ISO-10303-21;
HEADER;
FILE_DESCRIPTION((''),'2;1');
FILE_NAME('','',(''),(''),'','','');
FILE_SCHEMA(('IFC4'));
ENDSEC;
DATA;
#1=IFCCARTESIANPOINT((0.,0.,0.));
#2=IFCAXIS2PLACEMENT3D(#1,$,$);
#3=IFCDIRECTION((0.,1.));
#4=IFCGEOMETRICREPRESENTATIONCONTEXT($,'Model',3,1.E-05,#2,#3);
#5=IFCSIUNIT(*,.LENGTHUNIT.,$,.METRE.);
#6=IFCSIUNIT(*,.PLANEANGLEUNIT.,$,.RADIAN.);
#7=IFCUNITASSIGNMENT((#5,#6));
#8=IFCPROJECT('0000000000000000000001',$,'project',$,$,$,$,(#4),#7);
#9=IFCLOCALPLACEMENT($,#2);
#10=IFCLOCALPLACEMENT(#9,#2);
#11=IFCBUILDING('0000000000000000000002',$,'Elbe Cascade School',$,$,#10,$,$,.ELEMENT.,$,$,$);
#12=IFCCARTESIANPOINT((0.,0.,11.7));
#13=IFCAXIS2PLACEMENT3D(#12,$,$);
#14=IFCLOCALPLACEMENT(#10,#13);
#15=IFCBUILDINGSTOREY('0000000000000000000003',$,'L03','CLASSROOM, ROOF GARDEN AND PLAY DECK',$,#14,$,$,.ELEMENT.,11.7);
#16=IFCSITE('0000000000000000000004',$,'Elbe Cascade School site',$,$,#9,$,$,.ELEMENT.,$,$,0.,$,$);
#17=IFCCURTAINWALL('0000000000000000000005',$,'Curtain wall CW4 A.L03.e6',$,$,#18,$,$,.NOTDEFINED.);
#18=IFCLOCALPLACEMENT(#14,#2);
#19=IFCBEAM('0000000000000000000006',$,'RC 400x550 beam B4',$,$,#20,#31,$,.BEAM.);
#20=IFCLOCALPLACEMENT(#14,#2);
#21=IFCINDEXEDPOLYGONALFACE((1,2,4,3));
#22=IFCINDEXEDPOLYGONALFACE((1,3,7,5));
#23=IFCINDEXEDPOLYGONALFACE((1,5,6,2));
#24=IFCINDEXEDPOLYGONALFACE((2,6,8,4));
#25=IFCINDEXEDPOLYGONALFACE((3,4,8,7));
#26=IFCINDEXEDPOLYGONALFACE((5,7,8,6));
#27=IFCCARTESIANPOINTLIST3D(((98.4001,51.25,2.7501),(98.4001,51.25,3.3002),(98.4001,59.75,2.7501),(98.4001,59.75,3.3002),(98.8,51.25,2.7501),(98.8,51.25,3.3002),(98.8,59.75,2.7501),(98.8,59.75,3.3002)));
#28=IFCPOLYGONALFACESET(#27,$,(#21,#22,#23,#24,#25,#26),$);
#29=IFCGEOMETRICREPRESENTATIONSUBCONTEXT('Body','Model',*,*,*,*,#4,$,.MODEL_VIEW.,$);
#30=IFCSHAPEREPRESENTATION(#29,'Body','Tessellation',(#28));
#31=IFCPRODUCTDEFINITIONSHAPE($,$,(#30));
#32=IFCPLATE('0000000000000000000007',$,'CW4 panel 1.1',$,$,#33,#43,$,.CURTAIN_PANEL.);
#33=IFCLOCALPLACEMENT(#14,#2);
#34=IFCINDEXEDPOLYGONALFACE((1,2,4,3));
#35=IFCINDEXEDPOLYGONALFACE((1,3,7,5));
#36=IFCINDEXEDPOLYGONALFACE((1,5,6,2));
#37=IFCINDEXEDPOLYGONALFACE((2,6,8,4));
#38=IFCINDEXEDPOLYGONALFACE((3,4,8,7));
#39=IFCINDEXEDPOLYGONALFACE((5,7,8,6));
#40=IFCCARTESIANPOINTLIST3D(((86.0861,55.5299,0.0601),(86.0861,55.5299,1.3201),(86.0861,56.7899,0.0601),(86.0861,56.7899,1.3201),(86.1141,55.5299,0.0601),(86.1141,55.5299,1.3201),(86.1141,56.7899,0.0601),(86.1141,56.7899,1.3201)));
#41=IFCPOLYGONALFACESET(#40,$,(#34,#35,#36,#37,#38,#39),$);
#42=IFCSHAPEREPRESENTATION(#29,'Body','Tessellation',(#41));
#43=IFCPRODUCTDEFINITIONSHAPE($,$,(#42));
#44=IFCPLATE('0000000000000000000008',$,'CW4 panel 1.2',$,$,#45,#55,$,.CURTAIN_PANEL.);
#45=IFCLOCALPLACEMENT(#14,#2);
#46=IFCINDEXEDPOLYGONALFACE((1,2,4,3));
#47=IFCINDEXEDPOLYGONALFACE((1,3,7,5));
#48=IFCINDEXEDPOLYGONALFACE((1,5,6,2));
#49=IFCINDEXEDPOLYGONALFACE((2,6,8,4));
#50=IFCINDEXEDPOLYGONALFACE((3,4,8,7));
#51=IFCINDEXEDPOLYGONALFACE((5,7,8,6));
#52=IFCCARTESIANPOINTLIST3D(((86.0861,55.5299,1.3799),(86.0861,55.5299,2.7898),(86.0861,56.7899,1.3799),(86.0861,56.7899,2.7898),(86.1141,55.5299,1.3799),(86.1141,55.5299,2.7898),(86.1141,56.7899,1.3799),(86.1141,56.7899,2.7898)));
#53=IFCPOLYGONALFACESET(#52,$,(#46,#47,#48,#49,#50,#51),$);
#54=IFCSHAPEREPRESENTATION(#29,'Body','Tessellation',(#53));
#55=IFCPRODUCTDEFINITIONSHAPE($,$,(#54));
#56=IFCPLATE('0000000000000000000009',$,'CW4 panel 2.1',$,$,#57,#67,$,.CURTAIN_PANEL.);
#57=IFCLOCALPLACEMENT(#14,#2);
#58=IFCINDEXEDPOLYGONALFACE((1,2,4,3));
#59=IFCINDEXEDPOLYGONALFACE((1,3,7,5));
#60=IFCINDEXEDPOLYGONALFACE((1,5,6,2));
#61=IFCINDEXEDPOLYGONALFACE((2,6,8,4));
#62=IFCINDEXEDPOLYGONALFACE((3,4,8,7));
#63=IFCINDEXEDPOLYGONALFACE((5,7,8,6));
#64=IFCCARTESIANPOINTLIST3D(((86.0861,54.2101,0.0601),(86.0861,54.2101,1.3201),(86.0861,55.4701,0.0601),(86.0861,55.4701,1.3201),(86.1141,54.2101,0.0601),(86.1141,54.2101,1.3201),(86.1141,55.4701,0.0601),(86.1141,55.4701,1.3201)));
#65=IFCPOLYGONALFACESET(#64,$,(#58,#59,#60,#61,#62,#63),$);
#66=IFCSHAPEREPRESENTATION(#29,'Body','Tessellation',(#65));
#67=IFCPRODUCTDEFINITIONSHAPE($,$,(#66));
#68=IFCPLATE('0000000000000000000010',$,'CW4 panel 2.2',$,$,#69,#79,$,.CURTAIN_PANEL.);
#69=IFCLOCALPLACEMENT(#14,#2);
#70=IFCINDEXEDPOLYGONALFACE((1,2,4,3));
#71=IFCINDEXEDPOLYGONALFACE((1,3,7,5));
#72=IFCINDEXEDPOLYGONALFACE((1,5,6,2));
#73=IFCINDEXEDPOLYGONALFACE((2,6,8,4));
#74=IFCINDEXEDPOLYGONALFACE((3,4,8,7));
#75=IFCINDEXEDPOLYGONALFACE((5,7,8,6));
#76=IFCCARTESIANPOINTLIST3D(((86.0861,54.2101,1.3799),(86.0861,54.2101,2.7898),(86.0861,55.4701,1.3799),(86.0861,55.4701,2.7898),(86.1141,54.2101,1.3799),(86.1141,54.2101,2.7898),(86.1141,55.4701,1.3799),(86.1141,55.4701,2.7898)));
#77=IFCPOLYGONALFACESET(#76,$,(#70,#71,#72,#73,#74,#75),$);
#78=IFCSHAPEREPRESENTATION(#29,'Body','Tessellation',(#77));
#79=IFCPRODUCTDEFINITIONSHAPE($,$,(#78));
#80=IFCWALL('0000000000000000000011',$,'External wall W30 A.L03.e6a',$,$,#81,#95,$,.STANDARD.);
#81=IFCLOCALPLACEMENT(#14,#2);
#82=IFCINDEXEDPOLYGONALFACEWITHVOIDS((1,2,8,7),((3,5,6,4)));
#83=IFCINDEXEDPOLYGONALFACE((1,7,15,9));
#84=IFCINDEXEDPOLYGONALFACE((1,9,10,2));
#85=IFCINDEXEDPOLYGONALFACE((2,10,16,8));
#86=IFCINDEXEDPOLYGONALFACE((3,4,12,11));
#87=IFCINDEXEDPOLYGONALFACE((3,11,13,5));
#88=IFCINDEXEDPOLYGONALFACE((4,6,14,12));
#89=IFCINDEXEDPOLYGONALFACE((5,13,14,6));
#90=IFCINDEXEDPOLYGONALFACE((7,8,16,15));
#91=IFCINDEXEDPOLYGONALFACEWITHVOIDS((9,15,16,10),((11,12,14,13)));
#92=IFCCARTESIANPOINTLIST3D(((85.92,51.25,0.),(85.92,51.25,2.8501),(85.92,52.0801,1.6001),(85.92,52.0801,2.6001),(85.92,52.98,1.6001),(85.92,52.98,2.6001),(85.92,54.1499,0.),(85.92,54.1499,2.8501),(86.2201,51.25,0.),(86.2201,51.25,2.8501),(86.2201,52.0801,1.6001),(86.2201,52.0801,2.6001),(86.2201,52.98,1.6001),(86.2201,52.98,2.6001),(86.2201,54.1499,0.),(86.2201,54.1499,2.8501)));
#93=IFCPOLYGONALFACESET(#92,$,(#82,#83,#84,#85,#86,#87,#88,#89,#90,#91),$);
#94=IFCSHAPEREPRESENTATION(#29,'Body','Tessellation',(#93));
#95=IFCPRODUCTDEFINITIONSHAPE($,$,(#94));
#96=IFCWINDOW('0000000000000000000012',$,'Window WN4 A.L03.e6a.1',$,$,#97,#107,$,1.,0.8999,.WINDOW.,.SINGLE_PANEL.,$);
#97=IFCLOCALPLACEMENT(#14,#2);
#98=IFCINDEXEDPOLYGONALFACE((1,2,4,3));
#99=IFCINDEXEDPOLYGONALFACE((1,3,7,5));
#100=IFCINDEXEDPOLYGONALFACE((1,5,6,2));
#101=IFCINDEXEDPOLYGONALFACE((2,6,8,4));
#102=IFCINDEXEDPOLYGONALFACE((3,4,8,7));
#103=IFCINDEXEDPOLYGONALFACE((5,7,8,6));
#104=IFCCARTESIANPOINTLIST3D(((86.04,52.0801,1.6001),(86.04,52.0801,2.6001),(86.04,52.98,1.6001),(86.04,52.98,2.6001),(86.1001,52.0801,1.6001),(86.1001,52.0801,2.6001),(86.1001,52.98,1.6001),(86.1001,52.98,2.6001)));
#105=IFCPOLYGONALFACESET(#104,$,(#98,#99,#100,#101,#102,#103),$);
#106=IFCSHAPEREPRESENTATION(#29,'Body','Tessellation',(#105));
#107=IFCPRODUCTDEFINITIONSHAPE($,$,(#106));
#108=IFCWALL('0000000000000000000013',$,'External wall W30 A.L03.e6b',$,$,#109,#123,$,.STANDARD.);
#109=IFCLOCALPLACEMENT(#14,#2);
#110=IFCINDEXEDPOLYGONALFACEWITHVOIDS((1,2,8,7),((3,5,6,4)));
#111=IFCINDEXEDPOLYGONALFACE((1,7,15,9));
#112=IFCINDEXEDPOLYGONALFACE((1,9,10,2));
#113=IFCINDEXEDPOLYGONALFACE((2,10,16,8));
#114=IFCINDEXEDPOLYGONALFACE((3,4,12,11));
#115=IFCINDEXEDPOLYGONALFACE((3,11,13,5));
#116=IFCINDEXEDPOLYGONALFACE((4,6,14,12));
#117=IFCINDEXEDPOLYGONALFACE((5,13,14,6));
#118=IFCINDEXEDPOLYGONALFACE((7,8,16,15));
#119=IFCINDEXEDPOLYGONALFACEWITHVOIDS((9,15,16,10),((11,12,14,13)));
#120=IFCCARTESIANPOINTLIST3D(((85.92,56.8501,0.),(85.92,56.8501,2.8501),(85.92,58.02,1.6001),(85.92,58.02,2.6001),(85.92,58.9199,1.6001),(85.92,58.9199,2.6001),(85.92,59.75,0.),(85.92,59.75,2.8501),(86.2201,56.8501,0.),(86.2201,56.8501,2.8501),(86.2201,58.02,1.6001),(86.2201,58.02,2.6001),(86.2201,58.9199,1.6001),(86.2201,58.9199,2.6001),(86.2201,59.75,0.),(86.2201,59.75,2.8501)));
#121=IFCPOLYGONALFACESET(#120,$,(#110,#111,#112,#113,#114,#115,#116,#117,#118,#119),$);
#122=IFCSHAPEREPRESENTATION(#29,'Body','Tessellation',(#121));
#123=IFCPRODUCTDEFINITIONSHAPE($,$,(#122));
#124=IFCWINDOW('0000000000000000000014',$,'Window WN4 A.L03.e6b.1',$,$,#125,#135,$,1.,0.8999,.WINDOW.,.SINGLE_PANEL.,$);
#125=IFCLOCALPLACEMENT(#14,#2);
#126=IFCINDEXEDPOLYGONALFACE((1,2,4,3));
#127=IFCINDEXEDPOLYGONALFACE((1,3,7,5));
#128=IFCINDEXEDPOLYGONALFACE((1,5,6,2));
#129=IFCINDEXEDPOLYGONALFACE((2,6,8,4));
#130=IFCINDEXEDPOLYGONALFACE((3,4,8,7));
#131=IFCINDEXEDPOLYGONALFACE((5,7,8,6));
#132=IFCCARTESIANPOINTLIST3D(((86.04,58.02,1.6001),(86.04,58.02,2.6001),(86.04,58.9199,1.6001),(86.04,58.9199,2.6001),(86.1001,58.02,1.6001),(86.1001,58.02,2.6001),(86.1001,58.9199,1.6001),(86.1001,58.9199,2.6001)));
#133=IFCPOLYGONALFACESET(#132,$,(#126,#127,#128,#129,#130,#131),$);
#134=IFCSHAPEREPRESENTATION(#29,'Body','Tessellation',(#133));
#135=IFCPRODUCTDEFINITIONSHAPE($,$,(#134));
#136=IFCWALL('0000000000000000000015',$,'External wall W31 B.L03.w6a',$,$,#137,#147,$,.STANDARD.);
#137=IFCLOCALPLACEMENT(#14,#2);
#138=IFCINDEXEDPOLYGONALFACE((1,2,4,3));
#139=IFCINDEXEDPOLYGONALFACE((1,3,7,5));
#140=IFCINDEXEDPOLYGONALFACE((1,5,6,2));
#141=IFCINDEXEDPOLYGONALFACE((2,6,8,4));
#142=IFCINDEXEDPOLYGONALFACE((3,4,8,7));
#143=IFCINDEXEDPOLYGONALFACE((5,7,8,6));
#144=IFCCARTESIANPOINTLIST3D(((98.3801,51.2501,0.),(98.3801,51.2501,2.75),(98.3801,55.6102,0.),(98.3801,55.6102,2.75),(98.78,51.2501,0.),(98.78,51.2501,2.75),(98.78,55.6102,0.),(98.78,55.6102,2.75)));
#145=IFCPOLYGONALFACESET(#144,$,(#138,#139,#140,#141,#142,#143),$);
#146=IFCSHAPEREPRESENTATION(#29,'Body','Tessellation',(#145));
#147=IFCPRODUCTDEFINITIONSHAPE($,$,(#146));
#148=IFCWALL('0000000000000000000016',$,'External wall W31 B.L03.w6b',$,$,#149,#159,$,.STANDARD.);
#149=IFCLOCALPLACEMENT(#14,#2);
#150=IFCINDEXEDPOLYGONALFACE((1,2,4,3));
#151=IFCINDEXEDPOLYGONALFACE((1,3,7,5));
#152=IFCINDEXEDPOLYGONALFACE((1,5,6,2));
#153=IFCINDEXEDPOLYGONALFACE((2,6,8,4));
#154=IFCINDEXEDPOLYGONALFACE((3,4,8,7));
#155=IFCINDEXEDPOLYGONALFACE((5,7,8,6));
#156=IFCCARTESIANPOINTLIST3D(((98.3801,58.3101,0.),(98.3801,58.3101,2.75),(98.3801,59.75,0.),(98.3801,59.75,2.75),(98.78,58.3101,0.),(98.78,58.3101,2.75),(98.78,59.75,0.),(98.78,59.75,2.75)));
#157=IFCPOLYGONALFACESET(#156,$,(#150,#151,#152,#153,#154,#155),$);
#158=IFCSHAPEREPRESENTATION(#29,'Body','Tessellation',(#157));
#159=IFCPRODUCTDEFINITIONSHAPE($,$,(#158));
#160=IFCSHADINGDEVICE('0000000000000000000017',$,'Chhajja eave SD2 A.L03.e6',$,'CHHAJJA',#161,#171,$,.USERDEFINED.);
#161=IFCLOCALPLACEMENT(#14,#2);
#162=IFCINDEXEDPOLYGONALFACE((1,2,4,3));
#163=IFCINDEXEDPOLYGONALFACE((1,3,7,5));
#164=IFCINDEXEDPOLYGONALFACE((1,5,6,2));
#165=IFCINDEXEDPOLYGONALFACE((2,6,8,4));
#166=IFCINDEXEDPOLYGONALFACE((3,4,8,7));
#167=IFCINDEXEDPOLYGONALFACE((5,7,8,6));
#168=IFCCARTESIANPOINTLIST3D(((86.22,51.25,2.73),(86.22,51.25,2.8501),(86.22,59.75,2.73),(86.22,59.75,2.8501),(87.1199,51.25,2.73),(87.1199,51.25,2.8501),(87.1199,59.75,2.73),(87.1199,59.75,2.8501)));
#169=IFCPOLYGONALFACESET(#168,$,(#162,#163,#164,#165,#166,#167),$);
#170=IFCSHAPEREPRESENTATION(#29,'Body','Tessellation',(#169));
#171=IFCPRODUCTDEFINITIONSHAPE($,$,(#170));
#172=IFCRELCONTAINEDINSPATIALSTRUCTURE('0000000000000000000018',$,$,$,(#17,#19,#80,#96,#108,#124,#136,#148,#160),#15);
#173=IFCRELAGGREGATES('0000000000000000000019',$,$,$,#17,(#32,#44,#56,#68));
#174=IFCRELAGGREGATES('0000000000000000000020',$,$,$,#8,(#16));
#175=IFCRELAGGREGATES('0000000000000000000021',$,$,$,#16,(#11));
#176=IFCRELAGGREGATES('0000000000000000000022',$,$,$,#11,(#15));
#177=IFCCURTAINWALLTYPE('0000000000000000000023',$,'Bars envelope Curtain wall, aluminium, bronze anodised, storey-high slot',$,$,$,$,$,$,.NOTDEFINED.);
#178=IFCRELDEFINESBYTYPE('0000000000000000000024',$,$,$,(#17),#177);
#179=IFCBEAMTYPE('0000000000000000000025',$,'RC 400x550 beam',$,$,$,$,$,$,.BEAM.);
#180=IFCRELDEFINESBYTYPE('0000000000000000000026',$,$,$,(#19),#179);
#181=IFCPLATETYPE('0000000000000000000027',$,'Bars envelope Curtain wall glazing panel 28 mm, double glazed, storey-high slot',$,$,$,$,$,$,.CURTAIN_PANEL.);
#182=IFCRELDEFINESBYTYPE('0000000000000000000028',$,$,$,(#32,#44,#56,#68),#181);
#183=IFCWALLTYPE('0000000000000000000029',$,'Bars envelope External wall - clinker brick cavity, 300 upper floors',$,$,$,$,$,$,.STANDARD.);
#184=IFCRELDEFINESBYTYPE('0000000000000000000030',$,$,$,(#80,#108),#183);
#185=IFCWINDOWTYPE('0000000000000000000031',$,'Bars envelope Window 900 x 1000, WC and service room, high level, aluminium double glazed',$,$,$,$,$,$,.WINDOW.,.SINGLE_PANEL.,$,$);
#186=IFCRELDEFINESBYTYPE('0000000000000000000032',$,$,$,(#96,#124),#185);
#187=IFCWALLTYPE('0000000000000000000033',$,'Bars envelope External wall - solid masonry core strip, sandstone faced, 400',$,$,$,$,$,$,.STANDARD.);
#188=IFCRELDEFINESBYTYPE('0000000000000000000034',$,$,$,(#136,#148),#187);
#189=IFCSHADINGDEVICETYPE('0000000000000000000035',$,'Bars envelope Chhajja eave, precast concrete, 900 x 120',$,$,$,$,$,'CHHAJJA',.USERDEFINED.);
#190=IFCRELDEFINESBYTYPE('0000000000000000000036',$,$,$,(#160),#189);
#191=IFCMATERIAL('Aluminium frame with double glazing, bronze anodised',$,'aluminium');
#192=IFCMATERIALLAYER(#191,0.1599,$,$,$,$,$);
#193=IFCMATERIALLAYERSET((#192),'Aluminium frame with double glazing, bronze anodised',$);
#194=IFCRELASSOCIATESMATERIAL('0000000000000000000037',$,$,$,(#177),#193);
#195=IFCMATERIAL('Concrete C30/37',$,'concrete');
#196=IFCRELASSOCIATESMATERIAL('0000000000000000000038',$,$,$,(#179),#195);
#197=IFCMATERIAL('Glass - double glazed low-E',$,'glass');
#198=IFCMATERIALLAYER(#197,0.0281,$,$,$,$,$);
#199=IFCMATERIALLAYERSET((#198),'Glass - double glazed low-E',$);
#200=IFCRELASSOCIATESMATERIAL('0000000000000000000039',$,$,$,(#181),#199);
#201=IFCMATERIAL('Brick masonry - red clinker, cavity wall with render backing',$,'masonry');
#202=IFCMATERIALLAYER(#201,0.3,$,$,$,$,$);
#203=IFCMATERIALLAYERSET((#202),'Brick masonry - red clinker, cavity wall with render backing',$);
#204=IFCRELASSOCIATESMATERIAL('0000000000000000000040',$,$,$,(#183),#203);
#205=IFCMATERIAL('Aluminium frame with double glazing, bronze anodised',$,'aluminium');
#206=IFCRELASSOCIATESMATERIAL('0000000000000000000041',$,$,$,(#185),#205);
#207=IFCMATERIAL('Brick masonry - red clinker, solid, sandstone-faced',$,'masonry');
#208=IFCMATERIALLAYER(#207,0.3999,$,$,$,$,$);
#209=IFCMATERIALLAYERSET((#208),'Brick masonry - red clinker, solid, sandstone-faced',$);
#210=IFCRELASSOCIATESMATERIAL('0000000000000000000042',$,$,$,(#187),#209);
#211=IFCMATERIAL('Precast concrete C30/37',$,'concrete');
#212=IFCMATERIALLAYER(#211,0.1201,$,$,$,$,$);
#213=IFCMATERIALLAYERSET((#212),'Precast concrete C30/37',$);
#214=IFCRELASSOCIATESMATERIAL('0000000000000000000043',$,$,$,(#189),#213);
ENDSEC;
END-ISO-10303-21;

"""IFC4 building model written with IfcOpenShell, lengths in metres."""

from ifc_helpers import new_model, si_unit, direction, frame, frame_2d, origin, origin_2d, place, context, subcontext, project, spatial, rectangle, extrude, material, layer, layer_set, material_profile, profile_set, type_object, element, fill, aggregate, save


model = new_model("IFC4")

# Units and contexts
model_context = context("Model", 3, precision=1e-05, world=origin(), true_north=direction((0.0, 1.0)))
body_context = subcontext(model_context, "Body", "Model", "MODEL_VIEW")
ifc_project = project(units=[si_unit("LENGTHUNIT", "METRE"), si_unit("PLANEANGLEUNIT", "RADIAN")], contexts=[model_context])

# Site, building, storey
site_placement = place(None, origin())
site = spatial("IfcSite", under=ifc_project, at=site_placement, Name="Elbe Cascade School site", CompositionType="ELEMENT", RefElevation=0.0)
building_placement = place(site_placement, origin())
building = spatial("IfcBuilding", under=site, at=building_placement, Name="Elbe Cascade School", CompositionType="ELEMENT")
storey_placement = place(building_placement, frame((0.0, 0.0, 11.7)))
storey = spatial("IfcBuildingStorey", under=building, at=storey_placement, Name="L03", Description="CLASSROOM, ROOF GARDEN AND PLAY DECK", CompositionType="ELEMENT", Elevation=11.7)

# Curtain wall
ifc_material_1 = material(Name="Aluminium frame with double glazing, bronze anodised", Category="aluminium")
ifc_layer_1 = layer(ifc_material_1, 0.1599)
ifc_layer_set_1 = layer_set([ifc_layer_1], Name="Aluminium frame with double glazing, bronze anodised")
curtain_wall_type = type_object("IfcCurtainWallType", Name="Bars envelope Curtain wall, aluminium, bronze anodised, storey-high slot", PredefinedType="NOTDEFINED", material=ifc_layer_set_1)
curtain_wall_placement = place(storey_placement, origin())
curtain_wall = element("IfcCurtainWall", 1, at=curtain_wall_placement, inside=storey, type_object=curtain_wall_type, Name="Curtain wall CW4 A.L03.e6", PredefinedType="NOTDEFINED")

# Beam
ifc_material_2 = material(Name="Concrete C30/37", Category="concrete")
ifc_material_profile_1 = material_profile(ifc_material_2, rectangle(XDim=0.3999, YDim=0.55, at=origin_2d()), Name="RC 400x550")
ifc_profile_set_1 = profile_set([ifc_material_profile_1], Name="Concrete C30/37")
beam_type_1 = type_object("IfcBeamType", Name="RC 400x550 beam", PredefinedType="BEAM", material=ifc_profile_set_1)
beam_1_placement = place(storey_placement, frame((98.6001, 51.25, 3.0251), z_axis=(0.0, 1.0, 0.0), x_axis=(-1.0, 0.0, 0.0)))
element("IfcBeam", 2, at=beam_1_placement, inside=storey, type_object=beam_type_1, Name="RC 400x550 beam B4", PredefinedType="BEAM", context=body_context, shape_type="SweptSolid", body=[
    extrude(rectangle(XDim=0.3999, YDim=0.55, at=origin_2d()), origin(), (0.0, 0.0, 1.0), 8.5),
])

# Plates
ifc_material_3 = material(Name="Glass - double glazed low-E", Category="glass")
ifc_layer_2 = layer(ifc_material_3, 0.0281)
ifc_layer_set_2 = layer_set([ifc_layer_2], Name="Glass - double glazed low-E")
plate_type = type_object("IfcPlateType", Name="Bars envelope Curtain wall glazing panel 28 mm, double glazed, storey-high slot", PredefinedType="CURTAIN_PANEL", material=ifc_layer_set_2)
plate_1_placement = place(storey_placement, frame((86.1001, 56.1599, 0.0601), z_axis=(0.0, 0.0, 1.0), x_axis=(0.0, -1.0, 0.0)))
plate_1 = element("IfcPlate", 3, at=plate_1_placement, type_object=plate_type, Name="CW4 panel 1.1", PredefinedType="CURTAIN_PANEL", context=body_context, shape_type="SweptSolid", body=[
    extrude(rectangle(XDim=1.26, YDim=0.0281, at=origin_2d()), origin(), (0.0, 0.0, 1.0), 1.26),
])
plate_2_placement = place(storey_placement, frame((86.1001, 56.1599, 1.3799), z_axis=(0.0, 0.0, 1.0), x_axis=(0.0, -1.0, 0.0)))
plate_2 = element("IfcPlate", 4, at=plate_2_placement, type_object=plate_type, Name="CW4 panel 1.2", PredefinedType="CURTAIN_PANEL", context=body_context, shape_type="SweptSolid", body=[
    extrude(rectangle(XDim=1.26, YDim=0.0281, at=origin_2d()), origin(), (0.0, 0.0, 1.0), 1.4099),
])
plate_3_placement = place(storey_placement, frame((86.1001, 54.8401, 0.0601), z_axis=(0.0, 0.0, 1.0), x_axis=(0.0, -1.0, 0.0)))
plate_3 = element("IfcPlate", 5, at=plate_3_placement, type_object=plate_type, Name="CW4 panel 2.1", PredefinedType="CURTAIN_PANEL", context=body_context, shape_type="SweptSolid", body=[
    extrude(rectangle(XDim=1.26, YDim=0.0281, at=origin_2d()), origin(), (0.0, 0.0, 1.0), 1.26),
])
plate_4_placement = place(storey_placement, frame((86.1001, 54.8401, 1.3799), z_axis=(0.0, 0.0, 1.0), x_axis=(0.0, -1.0, 0.0)))
plate_4 = element("IfcPlate", 6, at=plate_4_placement, type_object=plate_type, Name="CW4 panel 2.2", PredefinedType="CURTAIN_PANEL", context=body_context, shape_type="SweptSolid", body=[
    extrude(rectangle(XDim=1.26, YDim=0.0281, at=origin_2d()), origin(), (0.0, 0.0, 1.0), 1.4099),
])
aggregate(curtain_wall, [plate_1, plate_2, plate_3, plate_4])

# Walls, openings, windows
ifc_material_4 = material(Name="Brick masonry - red clinker, cavity wall with render backing", Category="masonry")
ifc_layer_3 = layer(ifc_material_4, 0.3)
ifc_layer_set_3 = layer_set([ifc_layer_3], Name="Brick masonry - red clinker, cavity wall with render backing")
wall_type_1 = type_object("IfcWallType", Name="Bars envelope External wall - clinker brick cavity, 300 upper floors", PredefinedType="STANDARD", material=ifc_layer_set_3)
wall_1_placement = place(storey_placement, frame((86.0701, 54.1499, 0.0), z_axis=(0.0, 0.0, 1.0), x_axis=(0.0, -1.0, 0.0)))
wall_1 = element("IfcWall", 7, at=wall_1_placement, inside=storey, type_object=wall_type_1, Name="External wall W30 A.L03.e6a", PredefinedType="STANDARD", context=body_context, shape_type="SweptSolid", body=[
    extrude(rectangle(XDim=2.8999, YDim=0.3, at=frame_2d((1.45, 0.0))), origin(), (0.0, 0.0, 1.0), 2.8501),
])
opening_1_placement = place(wall_1_placement, frame((1.1699, 0.0, 1.6001)))
opening_1 = element("IfcOpeningElement", 8, at=opening_1_placement, cuts=wall_1, PredefinedType="OPENING", context=body_context, shape_type="SweptSolid", body=[
    extrude(rectangle(XDim=0.8999, YDim=1.0, at=frame_2d((0.45, 0.5))), frame((0.0, 0.1599, 0.0), z_axis=(0.0, -1.0, 0.0), x_axis=(1.0, 0.0, 0.0)), (0.0, 0.0, 1.0), 0.3201),
])
ifc_material_5 = material(Name="Aluminium frame with double glazing, bronze anodised", Category="aluminium")
window_type = type_object("IfcWindowType", Name="Bars envelope Window 900 x 1000, WC and service room, high level, aluminium double glazed", PartitioningType="SINGLE_PANEL", PredefinedType="WINDOW", material=ifc_material_5)
window_1_placement = place(opening_1_placement, origin())
window_1 = element("IfcWindow", 9, at=window_1_placement, inside=storey, type_object=window_type, Name="Window WN4 A.L03.e6a.1", OverallHeight=1.0, OverallWidth=0.8999, PartitioningType="SINGLE_PANEL", PredefinedType="WINDOW", context=body_context, shape_type="SweptSolid", body=[
    extrude(rectangle(XDim=0.8999, YDim=1.0, at=frame_2d((0.45, 0.5))), frame((0.0, 0.03, 0.0), z_axis=(0.0, -1.0, 0.0), x_axis=(1.0, 0.0, 0.0)), (0.0, 0.0, 1.0), 0.0601),
])
fill(opening_1, window_1)
wall_2_placement = place(storey_placement, frame((86.0701, 59.75, 0.0), z_axis=(0.0, 0.0, 1.0), x_axis=(0.0, -1.0, 0.0)))
wall_2 = element("IfcWall", 10, at=wall_2_placement, inside=storey, type_object=wall_type_1, Name="External wall W30 A.L03.e6b", PredefinedType="STANDARD", context=body_context, shape_type="SweptSolid", body=[
    extrude(rectangle(XDim=2.8999, YDim=0.3, at=frame_2d((1.45, 0.0))), origin(), (0.0, 0.0, 1.0), 2.8501),
])
opening_2_placement = place(wall_2_placement, frame((0.8301, 0.0, 1.6001)))
opening_2 = element("IfcOpeningElement", 11, at=opening_2_placement, cuts=wall_2, PredefinedType="OPENING", context=body_context, shape_type="SweptSolid", body=[
    extrude(rectangle(XDim=0.8999, YDim=1.0, at=frame_2d((0.45, 0.5))), frame((0.0, 0.1599, 0.0), z_axis=(0.0, -1.0, 0.0), x_axis=(1.0, 0.0, 0.0)), (0.0, 0.0, 1.0), 0.3201),
])
window_2_placement = place(opening_2_placement, origin())
window_2 = element("IfcWindow", 12, at=window_2_placement, inside=storey, type_object=window_type, Name="Window WN4 A.L03.e6b.1", OverallHeight=1.0, OverallWidth=0.8999, PartitioningType="SINGLE_PANEL", PredefinedType="WINDOW", context=body_context, shape_type="SweptSolid", body=[
    extrude(rectangle(XDim=0.8999, YDim=1.0, at=frame_2d((0.45, 0.5))), frame((0.0, 0.03, 0.0), z_axis=(0.0, -1.0, 0.0), x_axis=(1.0, 0.0, 0.0)), (0.0, 0.0, 1.0), 0.0601),
])
fill(opening_2, window_2)

# Walls
ifc_material_6 = material(Name="Brick masonry - red clinker, solid, sandstone-faced", Category="masonry")
ifc_layer_4 = layer(ifc_material_6, 0.3999)
ifc_layer_set_4 = layer_set([ifc_layer_4], Name="Brick masonry - red clinker, solid, sandstone-faced")
wall_type_2 = type_object("IfcWallType", Name="Bars envelope External wall - solid masonry core strip, sandstone faced, 400", PredefinedType="STANDARD", material=ifc_layer_set_4)
wall_3_placement = place(storey_placement, frame((98.5801, 51.25, 0.0), z_axis=(0.0, 0.0, 1.0), x_axis=(0.0, 1.0, 0.0)))
element("IfcWall", 13, at=wall_3_placement, inside=storey, type_object=wall_type_2, Name="External wall W31 B.L03.w6a", PredefinedType="STANDARD", context=body_context, shape_type="SweptSolid", body=[
    extrude(rectangle(XDim=4.3601, YDim=0.3999, at=frame_2d((2.1802, 0.0))), origin(), (0.0, 0.0, 1.0), 2.75),
])
wall_4_placement = place(storey_placement, frame((98.5801, 58.3101, 0.0), z_axis=(0.0, 0.0, 1.0), x_axis=(0.0, 1.0, 0.0)))
element("IfcWall", 14, at=wall_4_placement, inside=storey, type_object=wall_type_2, Name="External wall W31 B.L03.w6b", PredefinedType="STANDARD", context=body_context, shape_type="SweptSolid", body=[
    extrude(rectangle(XDim=1.4399, YDim=0.3999, at=frame_2d((0.72, 0.0))), origin(), (0.0, 0.0, 1.0), 2.75),
])

# Shading device
ifc_material_7 = material(Name="Precast concrete C30/37", Category="concrete")
ifc_layer_5 = layer(ifc_material_7, 0.1201)
ifc_layer_set_5 = layer_set([ifc_layer_5], Name="Precast concrete C30/37")
shading_device_type = type_object("IfcShadingDeviceType", Name="Bars envelope Chhajja eave, precast concrete, 900 x 120", ElementType="CHHAJJA", PredefinedType="USERDEFINED", material=ifc_layer_set_5)
shading_device_placement = place(storey_placement, frame((86.6699, 55.5, 2.73), z_axis=(0.0, 0.0, 1.0), x_axis=(0.0, 1.0, 0.0)))
element("IfcShadingDevice", 15, at=shading_device_placement, inside=storey, type_object=shading_device_type, Name="Chhajja eave SD2 A.L03.e6", ObjectType="CHHAJJA", PredefinedType="USERDEFINED", context=body_context, shape_type="SweptSolid", body=[
    extrude(rectangle(XDim=8.5, YDim=0.8999, at=origin_2d()), origin(), (0.0, 0.0, 1.0), 0.1201),
])

save(model, "model.ifc")
